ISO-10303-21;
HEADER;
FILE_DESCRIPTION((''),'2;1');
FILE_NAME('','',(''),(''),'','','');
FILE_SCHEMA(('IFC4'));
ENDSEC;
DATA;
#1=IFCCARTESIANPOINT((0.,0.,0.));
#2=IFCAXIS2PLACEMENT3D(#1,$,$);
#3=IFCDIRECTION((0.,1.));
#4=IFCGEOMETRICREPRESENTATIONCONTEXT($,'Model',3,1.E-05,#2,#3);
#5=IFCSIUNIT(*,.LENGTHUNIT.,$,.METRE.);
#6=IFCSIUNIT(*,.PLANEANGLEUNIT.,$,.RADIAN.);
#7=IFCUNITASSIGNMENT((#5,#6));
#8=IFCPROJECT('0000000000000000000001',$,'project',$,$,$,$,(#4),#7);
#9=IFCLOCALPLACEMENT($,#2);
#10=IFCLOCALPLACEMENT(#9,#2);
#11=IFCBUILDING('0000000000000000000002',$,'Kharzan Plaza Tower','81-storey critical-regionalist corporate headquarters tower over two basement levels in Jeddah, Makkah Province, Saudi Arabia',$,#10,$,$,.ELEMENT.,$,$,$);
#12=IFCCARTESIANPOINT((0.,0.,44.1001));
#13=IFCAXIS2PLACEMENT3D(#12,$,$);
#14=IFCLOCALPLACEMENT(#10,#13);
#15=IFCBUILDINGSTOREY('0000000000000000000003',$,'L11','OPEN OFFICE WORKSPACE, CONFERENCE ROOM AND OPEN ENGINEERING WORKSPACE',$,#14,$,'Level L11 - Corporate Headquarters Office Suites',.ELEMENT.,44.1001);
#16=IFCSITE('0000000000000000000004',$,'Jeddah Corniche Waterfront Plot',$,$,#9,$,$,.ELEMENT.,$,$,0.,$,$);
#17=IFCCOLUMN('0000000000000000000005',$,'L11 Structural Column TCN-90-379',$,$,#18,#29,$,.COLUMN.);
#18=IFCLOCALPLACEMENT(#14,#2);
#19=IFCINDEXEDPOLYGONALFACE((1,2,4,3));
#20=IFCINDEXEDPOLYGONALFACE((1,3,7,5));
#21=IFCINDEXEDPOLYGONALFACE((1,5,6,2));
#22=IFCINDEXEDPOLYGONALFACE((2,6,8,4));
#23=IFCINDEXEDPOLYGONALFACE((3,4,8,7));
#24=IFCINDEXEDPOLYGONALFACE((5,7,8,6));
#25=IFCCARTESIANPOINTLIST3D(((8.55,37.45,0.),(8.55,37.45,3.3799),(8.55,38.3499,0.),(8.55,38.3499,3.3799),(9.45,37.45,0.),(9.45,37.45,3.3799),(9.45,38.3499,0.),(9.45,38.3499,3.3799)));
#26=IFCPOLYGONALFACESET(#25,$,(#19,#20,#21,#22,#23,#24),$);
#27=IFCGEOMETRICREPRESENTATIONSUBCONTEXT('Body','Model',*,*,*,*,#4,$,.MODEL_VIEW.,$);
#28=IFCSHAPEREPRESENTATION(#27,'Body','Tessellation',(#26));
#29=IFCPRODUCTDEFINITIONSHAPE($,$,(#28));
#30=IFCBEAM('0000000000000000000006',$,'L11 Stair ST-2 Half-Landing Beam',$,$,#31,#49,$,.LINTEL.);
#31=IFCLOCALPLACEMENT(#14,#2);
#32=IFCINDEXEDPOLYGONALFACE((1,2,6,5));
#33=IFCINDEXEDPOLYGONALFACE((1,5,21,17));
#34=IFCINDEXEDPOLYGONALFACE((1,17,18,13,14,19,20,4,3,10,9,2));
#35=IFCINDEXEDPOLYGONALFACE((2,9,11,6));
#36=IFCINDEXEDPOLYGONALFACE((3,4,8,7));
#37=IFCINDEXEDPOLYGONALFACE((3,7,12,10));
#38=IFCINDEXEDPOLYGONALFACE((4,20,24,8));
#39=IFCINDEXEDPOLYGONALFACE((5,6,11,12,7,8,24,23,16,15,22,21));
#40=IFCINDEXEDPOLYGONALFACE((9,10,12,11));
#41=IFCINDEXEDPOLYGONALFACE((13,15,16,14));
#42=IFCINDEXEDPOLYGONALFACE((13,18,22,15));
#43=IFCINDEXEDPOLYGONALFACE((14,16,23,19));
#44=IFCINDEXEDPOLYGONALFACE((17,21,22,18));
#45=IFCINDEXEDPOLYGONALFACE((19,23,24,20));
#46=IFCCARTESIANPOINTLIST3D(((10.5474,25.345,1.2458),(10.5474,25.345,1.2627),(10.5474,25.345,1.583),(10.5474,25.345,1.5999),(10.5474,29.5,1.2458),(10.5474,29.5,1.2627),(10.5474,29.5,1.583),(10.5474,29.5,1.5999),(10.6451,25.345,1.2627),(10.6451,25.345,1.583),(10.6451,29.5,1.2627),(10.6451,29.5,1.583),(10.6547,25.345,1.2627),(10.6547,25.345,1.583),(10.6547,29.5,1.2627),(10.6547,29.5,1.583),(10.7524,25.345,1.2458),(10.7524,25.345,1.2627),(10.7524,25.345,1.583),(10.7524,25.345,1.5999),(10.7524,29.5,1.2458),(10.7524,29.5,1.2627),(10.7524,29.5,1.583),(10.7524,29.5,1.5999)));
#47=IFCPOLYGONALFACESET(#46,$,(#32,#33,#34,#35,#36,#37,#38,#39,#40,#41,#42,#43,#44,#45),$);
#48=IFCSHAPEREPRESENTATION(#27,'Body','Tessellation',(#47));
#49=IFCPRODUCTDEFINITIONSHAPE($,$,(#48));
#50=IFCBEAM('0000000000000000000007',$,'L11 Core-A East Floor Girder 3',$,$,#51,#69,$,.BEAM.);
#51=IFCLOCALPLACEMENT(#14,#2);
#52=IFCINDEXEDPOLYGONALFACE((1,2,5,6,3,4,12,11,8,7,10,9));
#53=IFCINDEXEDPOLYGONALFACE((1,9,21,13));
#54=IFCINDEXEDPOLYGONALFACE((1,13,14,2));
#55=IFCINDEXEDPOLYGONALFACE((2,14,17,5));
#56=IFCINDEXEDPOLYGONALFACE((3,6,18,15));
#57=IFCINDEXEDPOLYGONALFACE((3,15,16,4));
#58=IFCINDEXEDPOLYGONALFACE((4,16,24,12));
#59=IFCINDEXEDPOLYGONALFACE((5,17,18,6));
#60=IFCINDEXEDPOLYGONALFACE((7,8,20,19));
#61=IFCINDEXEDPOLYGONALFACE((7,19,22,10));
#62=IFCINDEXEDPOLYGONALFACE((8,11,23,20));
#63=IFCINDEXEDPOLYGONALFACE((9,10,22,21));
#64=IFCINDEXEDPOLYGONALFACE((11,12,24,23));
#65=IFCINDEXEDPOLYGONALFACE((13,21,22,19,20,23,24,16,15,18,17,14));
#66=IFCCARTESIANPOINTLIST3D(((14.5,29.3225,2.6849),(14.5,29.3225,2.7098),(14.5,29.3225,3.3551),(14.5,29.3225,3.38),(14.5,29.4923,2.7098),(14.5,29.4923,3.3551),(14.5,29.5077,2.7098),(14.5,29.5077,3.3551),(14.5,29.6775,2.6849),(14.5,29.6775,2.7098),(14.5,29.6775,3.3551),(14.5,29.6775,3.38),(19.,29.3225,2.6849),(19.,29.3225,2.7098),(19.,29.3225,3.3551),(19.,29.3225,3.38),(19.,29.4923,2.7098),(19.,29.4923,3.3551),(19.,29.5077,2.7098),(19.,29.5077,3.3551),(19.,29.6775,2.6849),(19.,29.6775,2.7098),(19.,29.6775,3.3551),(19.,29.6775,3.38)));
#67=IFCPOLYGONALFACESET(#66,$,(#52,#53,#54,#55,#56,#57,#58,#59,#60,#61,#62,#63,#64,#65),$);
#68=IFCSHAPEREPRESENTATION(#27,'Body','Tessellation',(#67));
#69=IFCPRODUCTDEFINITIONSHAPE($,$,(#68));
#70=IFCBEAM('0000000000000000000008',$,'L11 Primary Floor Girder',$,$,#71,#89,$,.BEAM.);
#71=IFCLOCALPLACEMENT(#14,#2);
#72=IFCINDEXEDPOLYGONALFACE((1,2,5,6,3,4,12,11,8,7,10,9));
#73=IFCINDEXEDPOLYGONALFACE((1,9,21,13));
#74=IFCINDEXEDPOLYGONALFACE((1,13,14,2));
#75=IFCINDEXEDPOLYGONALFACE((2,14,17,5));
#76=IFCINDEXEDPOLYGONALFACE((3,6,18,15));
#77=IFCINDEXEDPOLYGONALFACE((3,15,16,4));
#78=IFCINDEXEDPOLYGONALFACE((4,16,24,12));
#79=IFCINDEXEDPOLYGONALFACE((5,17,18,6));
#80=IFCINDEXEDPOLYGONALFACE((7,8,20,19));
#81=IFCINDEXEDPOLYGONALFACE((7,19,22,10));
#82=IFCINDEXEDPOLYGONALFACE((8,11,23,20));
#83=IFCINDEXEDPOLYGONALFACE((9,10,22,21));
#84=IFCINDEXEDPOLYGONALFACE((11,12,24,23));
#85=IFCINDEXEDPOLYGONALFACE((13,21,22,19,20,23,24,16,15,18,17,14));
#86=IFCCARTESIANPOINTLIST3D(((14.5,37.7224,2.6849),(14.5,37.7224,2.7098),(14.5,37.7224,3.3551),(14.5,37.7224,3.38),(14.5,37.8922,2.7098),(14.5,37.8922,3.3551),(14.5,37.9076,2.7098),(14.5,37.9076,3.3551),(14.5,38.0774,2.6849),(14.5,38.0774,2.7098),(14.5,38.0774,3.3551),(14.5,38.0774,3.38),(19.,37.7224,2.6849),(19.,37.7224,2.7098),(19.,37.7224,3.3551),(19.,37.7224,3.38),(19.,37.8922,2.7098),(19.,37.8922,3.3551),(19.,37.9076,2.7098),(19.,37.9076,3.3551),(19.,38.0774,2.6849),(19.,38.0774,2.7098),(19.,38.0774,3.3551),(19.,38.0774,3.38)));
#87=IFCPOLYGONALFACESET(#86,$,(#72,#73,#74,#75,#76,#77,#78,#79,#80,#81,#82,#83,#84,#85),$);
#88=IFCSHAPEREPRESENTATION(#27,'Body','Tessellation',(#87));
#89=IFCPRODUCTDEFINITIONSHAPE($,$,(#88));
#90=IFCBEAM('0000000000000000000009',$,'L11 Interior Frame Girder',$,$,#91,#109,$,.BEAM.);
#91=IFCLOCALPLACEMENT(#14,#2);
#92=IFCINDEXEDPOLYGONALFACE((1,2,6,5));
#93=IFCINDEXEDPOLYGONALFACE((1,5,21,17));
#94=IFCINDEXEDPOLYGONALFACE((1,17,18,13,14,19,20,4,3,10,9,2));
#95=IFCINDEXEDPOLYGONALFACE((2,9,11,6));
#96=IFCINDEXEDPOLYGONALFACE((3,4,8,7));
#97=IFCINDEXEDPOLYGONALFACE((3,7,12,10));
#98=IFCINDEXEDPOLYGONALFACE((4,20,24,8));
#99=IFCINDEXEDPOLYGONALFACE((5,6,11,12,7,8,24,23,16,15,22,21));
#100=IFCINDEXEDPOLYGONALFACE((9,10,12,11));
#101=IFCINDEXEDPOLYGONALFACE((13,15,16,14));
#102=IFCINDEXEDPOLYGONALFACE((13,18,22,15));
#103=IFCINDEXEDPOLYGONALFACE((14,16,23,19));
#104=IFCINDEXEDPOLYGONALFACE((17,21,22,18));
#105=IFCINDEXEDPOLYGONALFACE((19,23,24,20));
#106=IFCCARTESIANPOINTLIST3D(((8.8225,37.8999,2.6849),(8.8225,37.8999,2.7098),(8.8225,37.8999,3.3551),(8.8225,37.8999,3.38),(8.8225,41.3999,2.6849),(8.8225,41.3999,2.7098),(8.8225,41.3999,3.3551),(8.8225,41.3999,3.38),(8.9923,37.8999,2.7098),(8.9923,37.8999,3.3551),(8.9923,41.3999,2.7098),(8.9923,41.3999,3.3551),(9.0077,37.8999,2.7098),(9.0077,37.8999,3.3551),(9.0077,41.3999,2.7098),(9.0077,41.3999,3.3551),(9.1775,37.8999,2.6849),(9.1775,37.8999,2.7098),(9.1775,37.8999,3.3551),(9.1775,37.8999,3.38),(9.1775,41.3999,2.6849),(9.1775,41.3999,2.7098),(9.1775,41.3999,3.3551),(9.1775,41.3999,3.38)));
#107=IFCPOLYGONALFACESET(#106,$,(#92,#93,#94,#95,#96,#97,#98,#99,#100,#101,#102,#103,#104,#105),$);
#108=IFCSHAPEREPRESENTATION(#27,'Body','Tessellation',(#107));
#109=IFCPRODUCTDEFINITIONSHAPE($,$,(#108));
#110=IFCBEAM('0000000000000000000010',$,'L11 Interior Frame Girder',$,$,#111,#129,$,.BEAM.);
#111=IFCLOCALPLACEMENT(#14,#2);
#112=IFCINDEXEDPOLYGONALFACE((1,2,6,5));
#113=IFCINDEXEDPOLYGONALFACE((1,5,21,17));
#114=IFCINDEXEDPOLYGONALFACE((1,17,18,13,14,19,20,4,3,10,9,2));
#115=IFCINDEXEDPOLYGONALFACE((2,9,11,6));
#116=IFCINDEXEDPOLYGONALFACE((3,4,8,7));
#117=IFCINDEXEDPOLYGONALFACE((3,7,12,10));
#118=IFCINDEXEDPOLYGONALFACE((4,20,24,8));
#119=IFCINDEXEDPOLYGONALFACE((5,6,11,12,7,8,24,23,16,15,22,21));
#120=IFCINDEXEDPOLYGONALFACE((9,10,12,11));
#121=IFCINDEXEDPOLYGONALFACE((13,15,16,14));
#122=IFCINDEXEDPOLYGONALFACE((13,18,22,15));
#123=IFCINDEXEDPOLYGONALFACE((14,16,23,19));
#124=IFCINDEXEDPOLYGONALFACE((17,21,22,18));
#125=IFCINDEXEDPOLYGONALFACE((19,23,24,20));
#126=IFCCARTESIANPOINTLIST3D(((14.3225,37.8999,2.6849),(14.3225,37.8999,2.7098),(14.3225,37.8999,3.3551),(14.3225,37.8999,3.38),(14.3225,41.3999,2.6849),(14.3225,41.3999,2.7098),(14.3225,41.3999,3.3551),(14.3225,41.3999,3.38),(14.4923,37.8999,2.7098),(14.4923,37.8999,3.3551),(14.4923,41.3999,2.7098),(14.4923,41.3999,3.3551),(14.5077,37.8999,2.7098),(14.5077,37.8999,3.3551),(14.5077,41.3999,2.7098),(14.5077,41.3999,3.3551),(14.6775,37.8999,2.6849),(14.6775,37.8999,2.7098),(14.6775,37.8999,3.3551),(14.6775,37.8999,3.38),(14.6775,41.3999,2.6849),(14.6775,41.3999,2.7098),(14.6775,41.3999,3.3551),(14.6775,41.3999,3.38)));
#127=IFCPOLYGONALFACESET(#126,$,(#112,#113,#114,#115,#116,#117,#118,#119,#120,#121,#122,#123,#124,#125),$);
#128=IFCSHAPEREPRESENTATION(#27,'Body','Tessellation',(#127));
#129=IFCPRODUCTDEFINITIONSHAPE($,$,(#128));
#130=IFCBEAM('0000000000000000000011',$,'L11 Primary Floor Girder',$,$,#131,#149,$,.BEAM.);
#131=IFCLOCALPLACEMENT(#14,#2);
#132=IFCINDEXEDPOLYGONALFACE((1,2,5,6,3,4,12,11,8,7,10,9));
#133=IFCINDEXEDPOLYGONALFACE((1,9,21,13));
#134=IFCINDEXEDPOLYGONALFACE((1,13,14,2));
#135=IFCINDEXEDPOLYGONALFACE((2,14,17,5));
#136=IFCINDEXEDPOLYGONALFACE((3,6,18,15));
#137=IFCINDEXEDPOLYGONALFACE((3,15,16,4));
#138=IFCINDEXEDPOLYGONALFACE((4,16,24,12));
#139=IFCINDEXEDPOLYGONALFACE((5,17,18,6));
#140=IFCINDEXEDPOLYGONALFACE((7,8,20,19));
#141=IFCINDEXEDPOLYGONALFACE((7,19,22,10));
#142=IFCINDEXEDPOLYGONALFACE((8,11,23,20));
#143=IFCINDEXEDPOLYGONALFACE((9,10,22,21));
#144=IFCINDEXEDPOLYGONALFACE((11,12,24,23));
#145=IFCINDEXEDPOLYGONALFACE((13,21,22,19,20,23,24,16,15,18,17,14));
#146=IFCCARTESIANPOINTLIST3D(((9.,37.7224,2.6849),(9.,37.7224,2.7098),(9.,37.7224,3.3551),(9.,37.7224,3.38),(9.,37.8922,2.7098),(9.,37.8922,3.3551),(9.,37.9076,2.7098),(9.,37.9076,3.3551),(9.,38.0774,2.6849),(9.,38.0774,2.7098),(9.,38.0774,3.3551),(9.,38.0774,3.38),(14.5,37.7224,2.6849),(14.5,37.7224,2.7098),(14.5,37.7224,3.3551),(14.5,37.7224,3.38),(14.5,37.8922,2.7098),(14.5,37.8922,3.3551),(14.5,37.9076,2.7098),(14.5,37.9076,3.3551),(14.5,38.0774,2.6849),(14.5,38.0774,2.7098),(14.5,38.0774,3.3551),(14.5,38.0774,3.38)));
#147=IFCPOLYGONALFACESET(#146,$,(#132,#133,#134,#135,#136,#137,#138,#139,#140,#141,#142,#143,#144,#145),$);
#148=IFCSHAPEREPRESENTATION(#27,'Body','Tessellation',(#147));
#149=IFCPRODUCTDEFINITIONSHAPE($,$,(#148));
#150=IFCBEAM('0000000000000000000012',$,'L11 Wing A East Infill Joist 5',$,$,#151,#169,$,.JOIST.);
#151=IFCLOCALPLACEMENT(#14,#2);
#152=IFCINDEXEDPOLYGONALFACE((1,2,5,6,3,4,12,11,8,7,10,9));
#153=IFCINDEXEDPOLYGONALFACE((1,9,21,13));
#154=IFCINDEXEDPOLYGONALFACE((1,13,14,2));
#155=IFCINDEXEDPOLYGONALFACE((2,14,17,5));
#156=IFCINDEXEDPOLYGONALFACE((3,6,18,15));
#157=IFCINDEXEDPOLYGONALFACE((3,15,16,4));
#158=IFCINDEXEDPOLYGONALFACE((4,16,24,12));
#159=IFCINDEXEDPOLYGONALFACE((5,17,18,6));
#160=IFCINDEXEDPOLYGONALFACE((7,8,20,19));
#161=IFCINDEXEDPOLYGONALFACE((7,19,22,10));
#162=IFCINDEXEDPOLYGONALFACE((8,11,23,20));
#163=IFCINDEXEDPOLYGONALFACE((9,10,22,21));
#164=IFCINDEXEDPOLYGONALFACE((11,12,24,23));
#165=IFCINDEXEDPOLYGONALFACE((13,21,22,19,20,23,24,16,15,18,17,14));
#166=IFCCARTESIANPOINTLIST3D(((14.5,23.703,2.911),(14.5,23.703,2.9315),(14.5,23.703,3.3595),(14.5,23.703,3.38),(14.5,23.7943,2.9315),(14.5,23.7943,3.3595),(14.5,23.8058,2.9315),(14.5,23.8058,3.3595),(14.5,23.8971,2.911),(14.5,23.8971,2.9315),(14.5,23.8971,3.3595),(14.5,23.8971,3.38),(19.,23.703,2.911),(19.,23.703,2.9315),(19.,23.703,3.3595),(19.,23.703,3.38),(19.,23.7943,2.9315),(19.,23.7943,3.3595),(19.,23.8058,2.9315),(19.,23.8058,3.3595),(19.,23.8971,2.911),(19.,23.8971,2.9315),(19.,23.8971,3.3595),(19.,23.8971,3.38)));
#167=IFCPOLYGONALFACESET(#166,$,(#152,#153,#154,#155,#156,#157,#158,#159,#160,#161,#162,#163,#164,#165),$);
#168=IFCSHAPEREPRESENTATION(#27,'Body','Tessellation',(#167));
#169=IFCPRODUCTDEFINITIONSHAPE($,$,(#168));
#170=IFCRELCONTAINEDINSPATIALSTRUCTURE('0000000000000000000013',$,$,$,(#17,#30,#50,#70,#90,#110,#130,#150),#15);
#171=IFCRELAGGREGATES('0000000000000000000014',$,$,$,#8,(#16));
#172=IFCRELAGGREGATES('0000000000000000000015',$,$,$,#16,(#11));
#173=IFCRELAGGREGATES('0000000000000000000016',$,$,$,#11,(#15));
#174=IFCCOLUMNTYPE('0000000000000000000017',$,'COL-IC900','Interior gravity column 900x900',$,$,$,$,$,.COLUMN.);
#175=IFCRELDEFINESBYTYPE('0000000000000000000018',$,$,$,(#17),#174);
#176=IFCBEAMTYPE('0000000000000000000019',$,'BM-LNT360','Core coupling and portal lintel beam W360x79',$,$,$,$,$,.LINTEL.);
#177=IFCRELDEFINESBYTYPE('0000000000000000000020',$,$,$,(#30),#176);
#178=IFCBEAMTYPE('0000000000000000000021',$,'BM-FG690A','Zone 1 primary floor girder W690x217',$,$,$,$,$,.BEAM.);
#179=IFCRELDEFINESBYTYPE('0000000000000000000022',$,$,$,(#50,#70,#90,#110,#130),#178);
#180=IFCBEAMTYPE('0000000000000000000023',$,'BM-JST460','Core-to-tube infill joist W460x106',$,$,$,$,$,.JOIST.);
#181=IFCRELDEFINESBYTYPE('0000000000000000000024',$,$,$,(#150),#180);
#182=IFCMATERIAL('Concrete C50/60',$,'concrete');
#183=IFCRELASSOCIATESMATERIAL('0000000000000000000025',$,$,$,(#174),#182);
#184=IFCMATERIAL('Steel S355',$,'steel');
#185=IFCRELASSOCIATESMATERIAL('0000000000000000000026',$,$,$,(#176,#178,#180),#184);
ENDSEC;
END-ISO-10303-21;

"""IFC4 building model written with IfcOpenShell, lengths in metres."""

from ifc_helpers import new_model, si_unit, direction, frame, origin, origin_2d, place, context, subcontext, project, spatial, rectangle, i_section, extrude, source, transform, mapped, material, material_profile, profile_set, type_object, element, save


model = new_model("IFC4")

# Units and contexts
model_context = context("Model", 3, precision=1e-05, world=origin(), true_north=direction((0.0, 1.0)))
body_context = subcontext(model_context, "Body", "Model", "MODEL_VIEW")
ifc_project = project(units=[si_unit("LENGTHUNIT", "METRE"), si_unit("PLANEANGLEUNIT", "RADIAN")], contexts=[model_context])

# Site, building, storey
site_placement = place(None, origin())
site = spatial("IfcSite", under=ifc_project, at=site_placement, Name="Jeddah Corniche Waterfront Plot", CompositionType="ELEMENT", RefElevation=0.0)
building_placement = place(site_placement, origin())
building = spatial("IfcBuilding", under=site, at=building_placement, Name="Kharzan Plaza Tower", Description="81-storey critical-regionalist corporate headquarters tower over two basement levels in Jeddah, Makkah Province, Saudi Arabia", CompositionType="ELEMENT")
storey_placement = place(building_placement, frame((0.0, 0.0, 44.1001)))
storey = spatial("IfcBuildingStorey", under=building, at=storey_placement, Name="L11", Description="OPEN OFFICE WORKSPACE, CONFERENCE ROOM AND OPEN ENGINEERING WORKSPACE", LongName="Level L11 - Corporate Headquarters Office Suites", CompositionType="ELEMENT", Elevation=44.1001)

# Column
ifc_material_1 = material(Name="Concrete C50/60", Category="concrete")
ifc_material_profile_1 = material_profile(ifc_material_1, rectangle(XDim=0.8999, YDim=0.8999, at=origin_2d()), Name="RC-IC900x900")
ifc_profile_set_1 = profile_set([ifc_material_profile_1], Name="Concrete C50/60")
column_type = type_object("IfcColumnType", Name="COL-IC900", Description="Interior gravity column 900x900", PredefinedType="COLUMN", material=ifc_profile_set_1)
shared_shape_1 = source(origin(), body_context, "Body", "SweptSolid", [
    extrude(rectangle(XDim=0.8999, YDim=0.8999, at=origin_2d()), origin(), (0.0, 0.0, 1.0), 3.3799),
])
column_placement = place(storey_placement, frame((9.0, 37.8999, 0.0), z_axis=(0.0, 0.0, 1.0), x_axis=(1.0, 0.0, 0.0)))
element("IfcColumn", 1, at=column_placement, inside=storey, type_object=column_type, Name="L11 Structural Column TCN-90-379", PredefinedType="COLUMN", context=body_context, shape_type="MappedRepresentation", body=[
    mapped(shared_shape_1, transform((0.0, 0.0, 0.0), x_axis=(1.0, 0.0, 0.0), y_axis=(0.0, 1.0, 0.0), z_axis=(0.0, 0.0, 1.0))),
])

# Beams
ifc_material_2 = material(Name="Steel S355", Category="steel")
ifc_material_profile_2 = material_profile(ifc_material_2, i_section(OverallWidth=0.2051, OverallDepth=0.354, WebThickness=0.0095, FlangeThickness=0.0168, at=origin_2d()), Name="W360x79")
ifc_profile_set_2 = profile_set([ifc_material_profile_2], Name="Steel S355")
beam_type_1 = type_object("IfcBeamType", Name="BM-LNT360", Description="Core coupling and portal lintel beam W360x79", PredefinedType="LINTEL", material=ifc_profile_set_2)
shared_shape_2 = source(origin(), body_context, "Body", "SweptSolid", [
    extrude(i_section(OverallWidth=0.2051, OverallDepth=0.354, WebThickness=0.0095, FlangeThickness=0.0168, at=origin_2d()), origin(), (0.0, 0.0, 1.0), 4.155),
])
beam_1_placement = place(storey_placement, frame((10.6499, 25.345, 1.4229), z_axis=(0.0, 1.0, 0.0), x_axis=(-1.0, 0.0, 0.0)))
element("IfcBeam", 2, at=beam_1_placement, inside=storey, type_object=beam_type_1, Name="L11 Stair ST-2 Half-Landing Beam", PredefinedType="LINTEL", context=body_context, shape_type="MappedRepresentation", body=[
    mapped(shared_shape_2, transform((0.0, 0.0, 0.0), x_axis=(1.0, 0.0, 0.0), y_axis=(0.0, 1.0, 0.0), z_axis=(0.0, 0.0, 1.0))),
])
ifc_material_profile_3 = material_profile(ifc_material_2, i_section(OverallWidth=0.355, OverallDepth=0.6951, WebThickness=0.0154, FlangeThickness=0.0249, at=origin_2d()), Name="W690x217")
ifc_profile_set_3 = profile_set([ifc_material_profile_3], Name="Steel S355")
beam_type_2 = type_object("IfcBeamType", Name="BM-FG690A", Description="Zone 1 primary floor girder W690x217", PredefinedType="BEAM", material=ifc_profile_set_3)
shared_shape_3 = source(origin(), body_context, "Body", "SweptSolid", [
    extrude(i_section(OverallWidth=0.355, OverallDepth=0.6951, WebThickness=0.0154, FlangeThickness=0.0249, at=origin_2d()), origin(), (0.0, 0.0, 1.0), 4.5),
])
for number, where, z_axis, x_axis, name in (
    (3, (14.5, 29.5, 3.0325), (1.0, 0.0, 0.0), (0.0, 1.0, 0.0), "L11 Core-A East Floor Girder 3"),
    (4, (14.5, 37.8999, 3.0325), (1.0, 0.0, 0.0), (0.0, 1.0, 0.0), "L11 Primary Floor Girder"),
):
    element("IfcBeam", number, at=place(storey_placement, frame(where, z_axis=z_axis, x_axis=x_axis)), inside=storey, type_object=beam_type_2, Name=name, PredefinedType="BEAM", context=body_context, shape_type="MappedRepresentation", body=[
        mapped(shared_shape_3, transform((0.0, 0.0, 0.0), x_axis=(1.0, 0.0, 0.0), y_axis=(0.0, 1.0, 0.0), z_axis=(0.0, 0.0, 1.0))),
    ])
shared_shape_4 = source(origin(), body_context, "Body", "SweptSolid", [
    extrude(i_section(OverallWidth=0.355, OverallDepth=0.6951, WebThickness=0.0154, FlangeThickness=0.0249, at=origin_2d()), origin(), (0.0, 0.0, 1.0), 3.5),
])
for number, where, z_axis, x_axis, name in (
    (5, (9.0, 37.8999, 3.0325), (0.0, 1.0, 0.0), (-1.0, 0.0, 0.0), "L11 Interior Frame Girder"),
    (6, (14.5, 37.8999, 3.0325), (0.0, 1.0, 0.0), (-1.0, 0.0, 0.0), "L11 Interior Frame Girder"),
):
    element("IfcBeam", number, at=place(storey_placement, frame(where, z_axis=z_axis, x_axis=x_axis)), inside=storey, type_object=beam_type_2, Name=name, PredefinedType="BEAM", context=body_context, shape_type="MappedRepresentation", body=[
        mapped(shared_shape_4, transform((0.0, 0.0, 0.0), x_axis=(1.0, 0.0, 0.0), y_axis=(0.0, 1.0, 0.0), z_axis=(0.0, 0.0, 1.0))),
    ])
shared_shape_5 = source(origin(), body_context, "Body", "SweptSolid", [
    extrude(i_section(OverallWidth=0.355, OverallDepth=0.6951, WebThickness=0.0154, FlangeThickness=0.0249, at=origin_2d()), origin(), (0.0, 0.0, 1.0), 5.5),
])
beam_2_placement = place(storey_placement, frame((9.0, 37.8999, 3.0325), z_axis=(1.0, 0.0, 0.0), x_axis=(0.0, 1.0, 0.0)))
element("IfcBeam", 7, at=beam_2_placement, inside=storey, type_object=beam_type_2, Name="L11 Primary Floor Girder", PredefinedType="BEAM", context=body_context, shape_type="MappedRepresentation", body=[
    mapped(shared_shape_5, transform((0.0, 0.0, 0.0), x_axis=(1.0, 0.0, 0.0), y_axis=(0.0, 1.0, 0.0), z_axis=(0.0, 0.0, 1.0))),
])
ifc_material_profile_4 = material_profile(ifc_material_2, i_section(OverallWidth=0.1941, OverallDepth=0.469, WebThickness=0.0115, FlangeThickness=0.0205, at=origin_2d()), Name="W460x106")
ifc_profile_set_4 = profile_set([ifc_material_profile_4], Name="Steel S355")
beam_type_3 = type_object("IfcBeamType", Name="BM-JST460", Description="Core-to-tube infill joist W460x106", PredefinedType="JOIST", material=ifc_profile_set_4)
shared_shape_6 = source(origin(), body_context, "Body", "SweptSolid", [
    extrude(i_section(OverallWidth=0.1941, OverallDepth=0.469, WebThickness=0.0115, FlangeThickness=0.0205, at=origin_2d()), origin(), (0.0, 0.0, 1.0), 4.5),
])
for number, where, z_axis, x_axis, name in (
    (8, (14.5, 23.8, 3.1455), (1.0, 0.0, 0.0), (0.0, 1.0, 0.0), "L11 Wing A East Infill Joist 5"),
):
    element("IfcBeam", number, at=place(storey_placement, frame(where, z_axis=z_axis, x_axis=x_axis)), inside=storey, type_object=beam_type_3, Name=name, PredefinedType="JOIST", context=body_context, shape_type="MappedRepresentation", body=[
        mapped(shared_shape_6, transform((0.0, 0.0, 0.0), x_axis=(1.0, 0.0, 0.0), y_axis=(0.0, 1.0, 0.0), z_axis=(0.0, 0.0, 1.0))),
    ])

save(model, "model.ifc")
